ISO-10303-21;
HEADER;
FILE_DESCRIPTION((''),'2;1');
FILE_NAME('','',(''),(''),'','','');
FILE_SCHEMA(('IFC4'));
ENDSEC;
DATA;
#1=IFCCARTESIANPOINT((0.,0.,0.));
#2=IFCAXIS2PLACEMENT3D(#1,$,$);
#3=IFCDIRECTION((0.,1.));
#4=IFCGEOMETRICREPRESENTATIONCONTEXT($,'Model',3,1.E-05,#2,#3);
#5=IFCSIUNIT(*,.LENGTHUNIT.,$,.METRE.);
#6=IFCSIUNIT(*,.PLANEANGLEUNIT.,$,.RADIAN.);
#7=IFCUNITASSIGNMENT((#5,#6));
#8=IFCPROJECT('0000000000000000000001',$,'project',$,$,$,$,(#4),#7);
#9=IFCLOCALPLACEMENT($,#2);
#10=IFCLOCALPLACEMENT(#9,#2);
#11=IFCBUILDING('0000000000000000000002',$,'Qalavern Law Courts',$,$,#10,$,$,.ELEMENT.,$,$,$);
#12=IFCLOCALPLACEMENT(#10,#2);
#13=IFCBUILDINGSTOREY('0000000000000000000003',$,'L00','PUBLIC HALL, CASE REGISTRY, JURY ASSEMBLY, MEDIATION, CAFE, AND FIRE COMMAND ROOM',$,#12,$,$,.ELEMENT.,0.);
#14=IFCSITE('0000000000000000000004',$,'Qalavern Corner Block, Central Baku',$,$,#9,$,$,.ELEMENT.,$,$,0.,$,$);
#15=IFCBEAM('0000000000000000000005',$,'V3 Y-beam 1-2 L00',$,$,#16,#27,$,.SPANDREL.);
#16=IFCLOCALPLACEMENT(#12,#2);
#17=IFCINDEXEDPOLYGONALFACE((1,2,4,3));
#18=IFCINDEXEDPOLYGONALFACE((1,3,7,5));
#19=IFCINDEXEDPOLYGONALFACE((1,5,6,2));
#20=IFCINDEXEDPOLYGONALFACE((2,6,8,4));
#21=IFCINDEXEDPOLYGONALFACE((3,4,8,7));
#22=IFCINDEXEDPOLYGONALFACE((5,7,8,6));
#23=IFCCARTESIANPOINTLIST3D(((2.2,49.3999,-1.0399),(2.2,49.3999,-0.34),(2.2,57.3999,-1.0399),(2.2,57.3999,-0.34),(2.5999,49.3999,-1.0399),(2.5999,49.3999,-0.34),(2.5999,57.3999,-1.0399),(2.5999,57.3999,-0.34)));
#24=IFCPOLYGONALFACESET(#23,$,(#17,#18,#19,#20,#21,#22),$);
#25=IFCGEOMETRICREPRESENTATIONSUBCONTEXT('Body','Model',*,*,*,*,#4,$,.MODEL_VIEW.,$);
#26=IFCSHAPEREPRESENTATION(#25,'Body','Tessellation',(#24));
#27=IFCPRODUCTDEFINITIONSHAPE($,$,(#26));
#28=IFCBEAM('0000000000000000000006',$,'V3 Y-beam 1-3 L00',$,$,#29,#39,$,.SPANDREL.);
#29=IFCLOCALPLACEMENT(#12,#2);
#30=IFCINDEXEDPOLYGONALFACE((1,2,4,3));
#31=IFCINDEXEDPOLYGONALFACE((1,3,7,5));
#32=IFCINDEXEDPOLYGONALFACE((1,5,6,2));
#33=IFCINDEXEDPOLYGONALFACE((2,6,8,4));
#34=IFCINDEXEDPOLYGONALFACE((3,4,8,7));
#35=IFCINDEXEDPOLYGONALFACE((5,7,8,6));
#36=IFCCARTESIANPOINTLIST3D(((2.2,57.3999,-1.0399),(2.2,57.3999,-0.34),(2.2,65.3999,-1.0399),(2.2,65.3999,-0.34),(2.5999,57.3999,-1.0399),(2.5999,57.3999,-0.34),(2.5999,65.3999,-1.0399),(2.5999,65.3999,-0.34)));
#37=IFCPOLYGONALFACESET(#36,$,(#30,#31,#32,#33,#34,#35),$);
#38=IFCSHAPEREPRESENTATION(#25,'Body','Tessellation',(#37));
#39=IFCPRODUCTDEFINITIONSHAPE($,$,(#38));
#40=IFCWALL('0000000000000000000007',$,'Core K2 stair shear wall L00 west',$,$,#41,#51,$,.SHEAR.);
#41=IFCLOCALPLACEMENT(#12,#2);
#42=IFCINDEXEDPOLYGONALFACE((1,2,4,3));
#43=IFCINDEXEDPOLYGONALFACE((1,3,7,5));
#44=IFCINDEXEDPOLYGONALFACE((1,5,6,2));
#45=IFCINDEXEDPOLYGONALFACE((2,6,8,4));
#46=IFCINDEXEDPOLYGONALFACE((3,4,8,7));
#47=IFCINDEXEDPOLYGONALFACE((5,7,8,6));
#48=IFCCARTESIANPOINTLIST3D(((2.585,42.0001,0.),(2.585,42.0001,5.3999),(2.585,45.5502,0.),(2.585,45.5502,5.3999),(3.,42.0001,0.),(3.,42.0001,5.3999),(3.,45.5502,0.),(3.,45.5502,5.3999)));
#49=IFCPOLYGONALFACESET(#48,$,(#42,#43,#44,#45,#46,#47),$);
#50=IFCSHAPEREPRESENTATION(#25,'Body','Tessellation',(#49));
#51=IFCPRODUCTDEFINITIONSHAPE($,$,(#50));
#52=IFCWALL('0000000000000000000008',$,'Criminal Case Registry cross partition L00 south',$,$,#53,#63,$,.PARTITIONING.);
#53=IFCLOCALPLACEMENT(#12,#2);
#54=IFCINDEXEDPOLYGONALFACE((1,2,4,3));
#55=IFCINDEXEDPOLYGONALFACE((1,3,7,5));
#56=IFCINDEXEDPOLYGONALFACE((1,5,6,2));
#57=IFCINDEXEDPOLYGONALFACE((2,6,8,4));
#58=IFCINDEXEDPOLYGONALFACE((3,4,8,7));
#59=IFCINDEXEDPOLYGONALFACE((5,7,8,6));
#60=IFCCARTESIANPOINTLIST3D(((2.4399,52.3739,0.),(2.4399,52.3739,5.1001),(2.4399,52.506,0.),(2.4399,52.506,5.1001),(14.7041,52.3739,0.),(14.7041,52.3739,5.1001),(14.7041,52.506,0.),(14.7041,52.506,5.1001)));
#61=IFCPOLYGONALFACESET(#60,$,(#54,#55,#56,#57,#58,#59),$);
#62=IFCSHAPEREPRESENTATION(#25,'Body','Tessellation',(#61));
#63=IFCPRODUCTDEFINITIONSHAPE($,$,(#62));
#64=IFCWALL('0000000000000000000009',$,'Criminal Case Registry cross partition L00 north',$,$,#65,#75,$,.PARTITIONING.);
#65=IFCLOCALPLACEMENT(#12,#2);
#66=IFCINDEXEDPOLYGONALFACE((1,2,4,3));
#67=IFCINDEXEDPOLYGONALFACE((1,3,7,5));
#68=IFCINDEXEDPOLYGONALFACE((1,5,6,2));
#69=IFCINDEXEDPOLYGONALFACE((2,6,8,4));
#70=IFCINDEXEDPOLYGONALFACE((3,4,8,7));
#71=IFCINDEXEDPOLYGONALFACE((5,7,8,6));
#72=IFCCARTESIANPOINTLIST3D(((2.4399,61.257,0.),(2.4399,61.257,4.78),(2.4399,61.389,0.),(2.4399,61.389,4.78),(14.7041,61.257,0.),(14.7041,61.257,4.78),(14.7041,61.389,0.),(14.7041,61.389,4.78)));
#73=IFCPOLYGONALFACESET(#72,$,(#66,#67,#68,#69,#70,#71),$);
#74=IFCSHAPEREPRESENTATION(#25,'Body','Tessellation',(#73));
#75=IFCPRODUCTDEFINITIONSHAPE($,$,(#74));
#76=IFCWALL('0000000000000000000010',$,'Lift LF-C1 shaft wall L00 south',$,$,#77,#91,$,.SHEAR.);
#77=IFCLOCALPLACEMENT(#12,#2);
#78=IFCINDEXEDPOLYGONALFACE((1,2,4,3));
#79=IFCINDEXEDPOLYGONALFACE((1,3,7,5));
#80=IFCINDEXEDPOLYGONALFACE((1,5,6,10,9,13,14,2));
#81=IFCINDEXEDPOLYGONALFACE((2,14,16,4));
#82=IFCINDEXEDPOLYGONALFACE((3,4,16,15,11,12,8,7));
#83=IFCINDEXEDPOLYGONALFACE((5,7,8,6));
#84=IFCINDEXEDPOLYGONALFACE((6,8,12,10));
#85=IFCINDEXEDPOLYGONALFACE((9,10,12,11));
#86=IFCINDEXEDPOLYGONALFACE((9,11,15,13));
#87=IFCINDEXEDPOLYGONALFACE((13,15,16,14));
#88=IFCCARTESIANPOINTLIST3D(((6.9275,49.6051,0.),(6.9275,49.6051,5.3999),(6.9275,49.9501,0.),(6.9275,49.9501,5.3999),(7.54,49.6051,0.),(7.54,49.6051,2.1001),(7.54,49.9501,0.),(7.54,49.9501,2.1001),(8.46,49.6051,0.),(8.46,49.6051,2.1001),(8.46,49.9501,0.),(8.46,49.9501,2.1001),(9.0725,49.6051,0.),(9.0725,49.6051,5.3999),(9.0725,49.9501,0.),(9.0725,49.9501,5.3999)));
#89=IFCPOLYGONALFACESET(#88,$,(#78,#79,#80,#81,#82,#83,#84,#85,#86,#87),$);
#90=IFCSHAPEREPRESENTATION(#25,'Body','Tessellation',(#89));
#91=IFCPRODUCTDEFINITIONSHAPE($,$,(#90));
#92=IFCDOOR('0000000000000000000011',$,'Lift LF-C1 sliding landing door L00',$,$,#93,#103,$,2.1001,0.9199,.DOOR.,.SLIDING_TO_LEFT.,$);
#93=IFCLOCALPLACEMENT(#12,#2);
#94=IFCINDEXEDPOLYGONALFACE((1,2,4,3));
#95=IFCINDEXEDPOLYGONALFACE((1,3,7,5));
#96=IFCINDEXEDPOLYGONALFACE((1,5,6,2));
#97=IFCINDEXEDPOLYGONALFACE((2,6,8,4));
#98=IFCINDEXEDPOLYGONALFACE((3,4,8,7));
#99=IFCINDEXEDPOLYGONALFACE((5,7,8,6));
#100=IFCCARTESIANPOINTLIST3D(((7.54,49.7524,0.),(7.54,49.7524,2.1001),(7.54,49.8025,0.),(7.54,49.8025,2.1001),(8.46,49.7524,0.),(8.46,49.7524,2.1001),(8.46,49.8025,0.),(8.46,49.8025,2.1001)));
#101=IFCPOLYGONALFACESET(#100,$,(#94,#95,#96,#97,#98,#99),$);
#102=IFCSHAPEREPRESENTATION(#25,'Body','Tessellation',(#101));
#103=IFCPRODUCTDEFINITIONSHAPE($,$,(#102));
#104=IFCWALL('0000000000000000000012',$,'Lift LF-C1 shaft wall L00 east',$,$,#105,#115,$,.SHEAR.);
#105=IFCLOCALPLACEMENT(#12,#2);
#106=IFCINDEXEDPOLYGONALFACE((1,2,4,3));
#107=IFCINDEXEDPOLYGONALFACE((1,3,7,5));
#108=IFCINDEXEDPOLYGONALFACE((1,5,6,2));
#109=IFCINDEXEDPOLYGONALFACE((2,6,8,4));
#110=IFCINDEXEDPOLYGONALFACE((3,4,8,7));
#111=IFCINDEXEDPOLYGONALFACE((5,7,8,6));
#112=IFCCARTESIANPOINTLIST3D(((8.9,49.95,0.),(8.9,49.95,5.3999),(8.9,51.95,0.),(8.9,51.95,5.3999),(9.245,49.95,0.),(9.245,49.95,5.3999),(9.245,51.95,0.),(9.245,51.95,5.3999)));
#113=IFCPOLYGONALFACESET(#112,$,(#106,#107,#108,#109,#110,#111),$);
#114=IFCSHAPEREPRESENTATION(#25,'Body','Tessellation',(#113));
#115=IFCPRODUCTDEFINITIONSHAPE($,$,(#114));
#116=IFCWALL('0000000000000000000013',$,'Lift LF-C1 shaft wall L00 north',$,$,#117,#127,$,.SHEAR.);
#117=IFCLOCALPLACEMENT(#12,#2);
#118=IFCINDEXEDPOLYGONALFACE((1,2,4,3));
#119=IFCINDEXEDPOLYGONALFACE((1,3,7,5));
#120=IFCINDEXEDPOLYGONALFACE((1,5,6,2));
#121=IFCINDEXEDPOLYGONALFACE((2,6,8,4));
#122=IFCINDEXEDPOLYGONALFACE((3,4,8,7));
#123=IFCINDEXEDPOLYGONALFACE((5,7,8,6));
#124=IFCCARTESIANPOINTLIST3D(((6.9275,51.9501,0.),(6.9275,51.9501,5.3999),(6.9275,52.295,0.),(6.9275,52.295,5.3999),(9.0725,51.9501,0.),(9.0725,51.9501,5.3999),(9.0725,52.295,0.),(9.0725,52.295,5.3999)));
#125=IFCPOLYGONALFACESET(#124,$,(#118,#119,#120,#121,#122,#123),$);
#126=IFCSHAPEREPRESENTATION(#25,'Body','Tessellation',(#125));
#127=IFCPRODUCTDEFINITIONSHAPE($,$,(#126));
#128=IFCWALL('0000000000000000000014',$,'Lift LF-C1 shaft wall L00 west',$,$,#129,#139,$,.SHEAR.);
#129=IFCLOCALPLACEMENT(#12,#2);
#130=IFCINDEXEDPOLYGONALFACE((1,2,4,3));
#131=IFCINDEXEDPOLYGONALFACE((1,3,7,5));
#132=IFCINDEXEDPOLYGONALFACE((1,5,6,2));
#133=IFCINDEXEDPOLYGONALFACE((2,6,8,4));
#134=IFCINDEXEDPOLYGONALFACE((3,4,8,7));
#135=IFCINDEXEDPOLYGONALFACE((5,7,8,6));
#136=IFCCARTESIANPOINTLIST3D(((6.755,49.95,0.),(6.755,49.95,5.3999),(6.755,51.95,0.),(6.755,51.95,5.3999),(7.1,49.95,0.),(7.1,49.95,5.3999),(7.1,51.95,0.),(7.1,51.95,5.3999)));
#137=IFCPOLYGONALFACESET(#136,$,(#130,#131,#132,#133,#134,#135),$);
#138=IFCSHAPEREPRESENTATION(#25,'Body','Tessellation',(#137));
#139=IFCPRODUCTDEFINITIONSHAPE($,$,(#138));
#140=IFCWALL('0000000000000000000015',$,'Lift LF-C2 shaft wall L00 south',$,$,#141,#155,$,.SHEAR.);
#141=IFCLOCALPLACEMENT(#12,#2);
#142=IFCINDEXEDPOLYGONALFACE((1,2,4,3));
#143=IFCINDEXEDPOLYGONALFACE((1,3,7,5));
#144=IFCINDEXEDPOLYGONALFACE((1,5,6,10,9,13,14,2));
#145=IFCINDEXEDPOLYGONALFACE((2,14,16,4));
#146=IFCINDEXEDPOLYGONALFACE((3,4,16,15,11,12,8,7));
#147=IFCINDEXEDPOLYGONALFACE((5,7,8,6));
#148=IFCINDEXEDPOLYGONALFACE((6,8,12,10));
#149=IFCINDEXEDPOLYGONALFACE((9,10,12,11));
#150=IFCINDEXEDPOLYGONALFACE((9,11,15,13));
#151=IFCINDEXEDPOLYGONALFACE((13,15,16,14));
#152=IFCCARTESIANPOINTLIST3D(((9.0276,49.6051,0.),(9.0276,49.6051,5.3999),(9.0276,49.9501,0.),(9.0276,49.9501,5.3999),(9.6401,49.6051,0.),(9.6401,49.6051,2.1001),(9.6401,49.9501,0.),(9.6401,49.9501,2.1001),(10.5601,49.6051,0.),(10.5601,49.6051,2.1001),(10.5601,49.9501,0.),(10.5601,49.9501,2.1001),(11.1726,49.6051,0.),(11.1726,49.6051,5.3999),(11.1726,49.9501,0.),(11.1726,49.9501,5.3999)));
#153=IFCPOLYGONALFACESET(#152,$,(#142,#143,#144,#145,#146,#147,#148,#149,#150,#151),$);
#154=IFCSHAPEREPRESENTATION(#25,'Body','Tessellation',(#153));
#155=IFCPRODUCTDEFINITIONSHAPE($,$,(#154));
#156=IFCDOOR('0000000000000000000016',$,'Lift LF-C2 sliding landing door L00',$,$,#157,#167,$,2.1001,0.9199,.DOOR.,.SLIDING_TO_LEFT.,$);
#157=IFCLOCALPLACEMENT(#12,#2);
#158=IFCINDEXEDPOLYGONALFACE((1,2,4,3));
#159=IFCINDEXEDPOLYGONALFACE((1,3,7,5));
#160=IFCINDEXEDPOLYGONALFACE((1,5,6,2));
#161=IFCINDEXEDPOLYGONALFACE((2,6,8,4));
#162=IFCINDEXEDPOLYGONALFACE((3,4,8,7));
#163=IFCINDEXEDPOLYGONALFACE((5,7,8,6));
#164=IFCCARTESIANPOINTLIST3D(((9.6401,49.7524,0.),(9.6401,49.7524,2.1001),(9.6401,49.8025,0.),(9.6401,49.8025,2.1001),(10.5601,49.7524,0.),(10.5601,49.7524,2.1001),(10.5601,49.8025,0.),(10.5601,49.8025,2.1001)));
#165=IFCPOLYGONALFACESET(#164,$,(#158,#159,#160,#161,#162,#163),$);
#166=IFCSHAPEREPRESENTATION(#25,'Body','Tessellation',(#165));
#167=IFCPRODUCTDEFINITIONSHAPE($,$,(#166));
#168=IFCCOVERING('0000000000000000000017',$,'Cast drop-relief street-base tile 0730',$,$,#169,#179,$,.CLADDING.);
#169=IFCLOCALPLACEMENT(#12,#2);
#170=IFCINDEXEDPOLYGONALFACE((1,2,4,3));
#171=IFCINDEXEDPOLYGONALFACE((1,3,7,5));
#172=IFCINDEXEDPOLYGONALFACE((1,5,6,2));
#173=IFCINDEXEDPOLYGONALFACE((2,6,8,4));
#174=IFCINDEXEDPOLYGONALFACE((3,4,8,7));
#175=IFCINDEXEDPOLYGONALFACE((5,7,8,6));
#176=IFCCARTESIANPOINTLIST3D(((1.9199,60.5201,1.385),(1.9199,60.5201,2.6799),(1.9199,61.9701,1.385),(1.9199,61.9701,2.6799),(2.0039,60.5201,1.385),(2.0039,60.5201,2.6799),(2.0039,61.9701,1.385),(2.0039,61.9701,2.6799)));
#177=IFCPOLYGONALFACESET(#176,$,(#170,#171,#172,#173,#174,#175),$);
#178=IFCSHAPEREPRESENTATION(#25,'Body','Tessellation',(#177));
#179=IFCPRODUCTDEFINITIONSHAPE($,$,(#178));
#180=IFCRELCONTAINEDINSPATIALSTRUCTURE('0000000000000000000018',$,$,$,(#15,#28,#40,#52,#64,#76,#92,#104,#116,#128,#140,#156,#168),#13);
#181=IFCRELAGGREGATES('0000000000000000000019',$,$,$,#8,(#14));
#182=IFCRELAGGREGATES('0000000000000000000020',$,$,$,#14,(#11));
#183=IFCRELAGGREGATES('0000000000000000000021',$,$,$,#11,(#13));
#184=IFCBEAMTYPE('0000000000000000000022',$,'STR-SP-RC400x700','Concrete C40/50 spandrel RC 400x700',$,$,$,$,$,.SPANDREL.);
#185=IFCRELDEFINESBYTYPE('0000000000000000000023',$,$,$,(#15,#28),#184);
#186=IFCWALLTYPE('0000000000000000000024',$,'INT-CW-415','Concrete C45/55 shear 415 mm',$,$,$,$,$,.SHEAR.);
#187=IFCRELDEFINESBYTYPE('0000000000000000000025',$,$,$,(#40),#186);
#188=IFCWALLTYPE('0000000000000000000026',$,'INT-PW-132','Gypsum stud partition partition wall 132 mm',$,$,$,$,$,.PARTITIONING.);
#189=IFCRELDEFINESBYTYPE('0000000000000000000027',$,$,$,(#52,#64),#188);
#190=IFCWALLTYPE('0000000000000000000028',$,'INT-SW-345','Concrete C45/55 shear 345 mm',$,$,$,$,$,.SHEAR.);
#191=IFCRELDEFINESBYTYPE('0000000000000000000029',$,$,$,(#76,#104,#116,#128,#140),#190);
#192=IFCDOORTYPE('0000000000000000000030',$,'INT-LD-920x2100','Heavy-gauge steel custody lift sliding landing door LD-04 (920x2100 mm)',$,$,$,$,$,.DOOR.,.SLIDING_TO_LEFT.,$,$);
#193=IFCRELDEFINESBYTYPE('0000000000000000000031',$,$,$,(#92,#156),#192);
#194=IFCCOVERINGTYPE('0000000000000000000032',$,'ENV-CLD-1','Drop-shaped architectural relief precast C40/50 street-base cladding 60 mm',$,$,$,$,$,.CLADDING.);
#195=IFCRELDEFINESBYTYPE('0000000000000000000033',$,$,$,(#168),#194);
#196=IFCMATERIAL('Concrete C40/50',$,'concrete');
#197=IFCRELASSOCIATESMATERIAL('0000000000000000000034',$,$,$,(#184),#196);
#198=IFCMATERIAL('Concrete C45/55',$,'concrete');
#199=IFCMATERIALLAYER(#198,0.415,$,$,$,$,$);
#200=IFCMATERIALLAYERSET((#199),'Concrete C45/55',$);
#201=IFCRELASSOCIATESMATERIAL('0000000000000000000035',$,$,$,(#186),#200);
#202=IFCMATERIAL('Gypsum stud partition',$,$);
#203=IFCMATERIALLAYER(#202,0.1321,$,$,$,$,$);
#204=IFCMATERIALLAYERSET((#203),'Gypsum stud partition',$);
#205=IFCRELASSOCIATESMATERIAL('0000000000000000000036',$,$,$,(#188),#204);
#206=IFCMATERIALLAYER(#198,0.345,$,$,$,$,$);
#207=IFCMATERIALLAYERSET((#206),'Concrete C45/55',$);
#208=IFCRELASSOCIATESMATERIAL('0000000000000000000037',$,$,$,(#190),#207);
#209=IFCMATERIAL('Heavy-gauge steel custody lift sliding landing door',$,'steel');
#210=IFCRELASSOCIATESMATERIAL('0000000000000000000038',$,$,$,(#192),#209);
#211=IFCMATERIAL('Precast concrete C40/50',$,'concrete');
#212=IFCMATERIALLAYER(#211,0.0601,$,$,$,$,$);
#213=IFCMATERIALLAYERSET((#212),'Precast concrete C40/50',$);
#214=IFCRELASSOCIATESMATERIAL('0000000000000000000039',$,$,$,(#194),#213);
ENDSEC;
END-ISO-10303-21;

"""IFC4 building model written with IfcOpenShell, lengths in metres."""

from ifc_helpers import new_model, si_unit, direction, frame, frame_2d, origin, origin_2d, place, context, subcontext, project, spatial, rectangle, extrude, material, layer, layer_set, material_profile, profile_set, type_object, element, fill, save


model = new_model("IFC4")

# Units and contexts
model_context = context("Model", 3, precision=1e-05, world=origin(), true_north=direction((0.0, 1.0)))
body_context = subcontext(model_context, "Body", "Model", "MODEL_VIEW")
ifc_project = project(units=[si_unit("LENGTHUNIT", "METRE"), si_unit("PLANEANGLEUNIT", "RADIAN")], contexts=[model_context])

# Site, building, storey
site_placement = place(None, origin())
site = spatial("IfcSite", under=ifc_project, at=site_placement, Name="Qalavern Corner Block, Central Baku", CompositionType="ELEMENT", RefElevation=0.0)
building_placement = place(site_placement, origin())
building = spatial("IfcBuilding", under=site, at=building_placement, Name="Qalavern Law Courts", CompositionType="ELEMENT")
storey_placement = place(building_placement, origin())
storey = spatial("IfcBuildingStorey", under=building, at=storey_placement, Name="L00", Description="PUBLIC HALL, CASE REGISTRY, JURY ASSEMBLY, MEDIATION, CAFE, AND FIRE COMMAND ROOM", CompositionType="ELEMENT", Elevation=0.0)

# Shared definitions
ifc_material_1 = material(Name="Concrete C45/55", Category="concrete")

# Beams
ifc_material_2 = material(Name="Concrete C40/50", Category="concrete")
ifc_material_profile_1 = material_profile(ifc_material_2, rectangle(XDim=0.3999, YDim=0.7, at=origin_2d()), Name="RC 400x700")
ifc_profile_set_1 = profile_set([ifc_material_profile_1], Name="Concrete C40/50")
beam_type_1 = type_object("IfcBeamType", Name="STR-SP-RC400x700", Description="Concrete C40/50 spandrel RC 400x700", PredefinedType="SPANDREL", material=ifc_profile_set_1)
for number, where, z_axis, x_axis, name in (
    (1, (2.3999, 49.3999, -0.6899), (0.0, 1.0, 0.0), (-1.0, 0.0, 0.0), "V3 Y-beam 1-2 L00"),
    (2, (2.3999, 57.3999, -0.6899), (0.0, 1.0, 0.0), (-1.0, 0.0, 0.0), "V3 Y-beam 1-3 L00"),
):
    element("IfcBeam", number, at=place(storey_placement, frame(where, z_axis=z_axis, x_axis=x_axis)), inside=storey, type_object=beam_type_1, Name=name, PredefinedType="SPANDREL", context=body_context, shape_type="SweptSolid", body=[
        extrude(rectangle(XDim=0.3999, YDim=0.7, at=origin_2d()), origin(), (0.0, 0.0, 1.0), 8.0),
    ])

# Walls
ifc_layer_1 = layer(ifc_material_1, 0.415)
ifc_layer_set_1 = layer_set([ifc_layer_1], Name="Concrete C45/55")
wall_type_1 = type_object("IfcWallType", Name="INT-CW-415", Description="Concrete C45/55 shear 415 mm", PredefinedType="SHEAR", material=ifc_layer_set_1)
wall_1_placement = place(storey_placement, frame((2.7925, 45.55, 0.0), z_axis=(0.0, 0.0, 1.0), x_axis=(0.0, -1.0, 0.0)))
element("IfcWall", 3, at=wall_1_placement, inside=storey, type_object=wall_type_1, Name="Core K2 stair shear wall L00 west", PredefinedType="SHEAR", context=body_context, shape_type="SweptSolid", body=[
    extrude(rectangle(XDim=3.55, YDim=0.415, at=frame_2d((1.7749, 0.0))), origin(), (0.0, 0.0, 1.0), 5.3999),
])
ifc_material_3 = material(Name="Gypsum stud partition")
ifc_layer_2 = layer(ifc_material_3, 0.1321)
ifc_layer_set_2 = layer_set([ifc_layer_2], Name="Gypsum stud partition")
wall_type_2 = type_object("IfcWallType", Name="INT-PW-132", Description="Gypsum stud partition partition wall 132 mm", PredefinedType="PARTITIONING", material=ifc_layer_set_2)
wall_2_placement = place(storey_placement, frame((2.4399, 52.4399, 0.0), z_axis=(0.0, 0.0, 1.0), x_axis=(1.0, 0.0, 0.0)))
element("IfcWall", 4, at=wall_2_placement, inside=storey, type_object=wall_type_2, Name="Criminal Case Registry cross partition L00 south", PredefinedType="PARTITIONING", context=body_context, shape_type="SweptSolid", body=[
    extrude(rectangle(XDim=12.2642, YDim=0.1321, at=frame_2d((6.1321, 0.0))), origin(), (0.0, 0.0, 1.0), 5.1001),
])
wall_3_placement = place(storey_placement, frame((2.4399, 61.323, 0.0), z_axis=(0.0, 0.0, 1.0), x_axis=(1.0, 0.0, 0.0)))
element("IfcWall", 5, at=wall_3_placement, inside=storey, type_object=wall_type_2, Name="Criminal Case Registry cross partition L00 north", PredefinedType="PARTITIONING", context=body_context, shape_type="SweptSolid", body=[
    extrude(rectangle(XDim=12.2642, YDim=0.1321, at=frame_2d((6.1321, 0.0))), origin(), (0.0, 0.0, 1.0), 4.78),
])

# Wall, opening, door
ifc_layer_3 = layer(ifc_material_1, 0.345)
ifc_layer_set_3 = layer_set([ifc_layer_3], Name="Concrete C45/55")
wall_type_3 = type_object("IfcWallType", Name="INT-SW-345", Description="Concrete C45/55 shear 345 mm", PredefinedType="SHEAR", material=ifc_layer_set_3)
wall_4_placement = place(storey_placement, frame((6.9275, 49.7776, 0.0), z_axis=(0.0, 0.0, 1.0), x_axis=(1.0, 0.0, 0.0)))
wall_4 = element("IfcWall", 6, at=wall_4_placement, inside=storey, type_object=wall_type_3, Name="Lift LF-C1 shaft wall L00 south", PredefinedType="SHEAR", context=body_context, shape_type="SweptSolid", body=[
    extrude(rectangle(XDim=2.145, YDim=0.345, at=frame_2d((1.0725, 0.0))), origin(), (0.0, 0.0, 1.0), 5.3999),
])
opening_1_placement = place(wall_4_placement, frame((0.6125, 0.0, 0.0)))
opening_1 = element("IfcOpeningElement", 7, at=opening_1_placement, cuts=wall_4, PredefinedType="OPENING", context=body_context, shape_type="SweptSolid", body=[
    extrude(rectangle(XDim=0.9199, YDim=2.1001, at=frame_2d((0.46, 1.05))), frame((0.0, 0.1875, 0.0), z_axis=(0.0, -1.0, 0.0), x_axis=(1.0, 0.0, 0.0)), (0.0, 0.0, 1.0), 0.3748),
])
ifc_material_4 = material(Name="Heavy-gauge steel custody lift sliding landing door", Category="steel")
door_type = type_object("IfcDoorType", Name="INT-LD-920x2100", Description="Heavy-gauge steel custody lift sliding landing door LD-04 (920x2100 mm)", OperationType="SLIDING_TO_LEFT", PredefinedType="DOOR", material=ifc_material_4)
door_1_placement = place(opening_1_placement, origin())
door_1 = element("IfcDoor", 8, at=door_1_placement, inside=storey, type_object=door_type, Name="Lift LF-C1 sliding landing door L00", OperationType="SLIDING_TO_LEFT", OverallHeight=2.1001, OverallWidth=0.9199, PredefinedType="DOOR", context=body_context, shape_type="SweptSolid", body=[
    extrude(rectangle(XDim=0.9199, YDim=2.1001, at=frame_2d((0.46, 1.05))), frame((0.0, 0.0249, 0.0), z_axis=(0.0, -1.0, 0.0), x_axis=(1.0, 0.0, 0.0)), (0.0, 0.0, 1.0), 0.05),
])
fill(opening_1, door_1)

# Walls
wall_5_placement = place(storey_placement, frame((9.0725, 49.95, 0.0), z_axis=(0.0, 0.0, 1.0), x_axis=(0.0, 1.0, 0.0)))
element("IfcWall", 9, at=wall_5_placement, inside=storey, type_object=wall_type_3, Name="Lift LF-C1 shaft wall L00 east", PredefinedType="SHEAR", context=body_context, shape_type="SweptSolid", body=[
    extrude(rectangle(XDim=2.0, YDim=0.345, at=frame_2d((1.0, 0.0))), origin(), (0.0, 0.0, 1.0), 5.3999),
])
wall_6_placement = place(storey_placement, frame((9.0725, 52.1226, 0.0), z_axis=(0.0, 0.0, 1.0), x_axis=(-1.0, 0.0, 0.0)))
element("IfcWall", 10, at=wall_6_placement, inside=storey, type_object=wall_type_3, Name="Lift LF-C1 shaft wall L00 north", PredefinedType="SHEAR", context=body_context, shape_type="SweptSolid", body=[
    extrude(rectangle(XDim=2.145, YDim=0.345, at=frame_2d((1.0725, 0.0))), origin(), (0.0, 0.0, 1.0), 5.3999),
])
wall_7_placement = place(storey_placement, frame((6.9275, 51.95, 0.0), z_axis=(0.0, 0.0, 1.0), x_axis=(0.0, -1.0, 0.0)))
element("IfcWall", 11, at=wall_7_placement, inside=storey, type_object=wall_type_3, Name="Lift LF-C1 shaft wall L00 west", PredefinedType="SHEAR", context=body_context, shape_type="SweptSolid", body=[
    extrude(rectangle(XDim=2.0, YDim=0.345, at=frame_2d((1.0, 0.0))), origin(), (0.0, 0.0, 1.0), 5.3999),
])

# Wall, opening, door
wall_8_placement = place(storey_placement, frame((9.0276, 49.7776, 0.0), z_axis=(0.0, 0.0, 1.0), x_axis=(1.0, 0.0, 0.0)))
wall_8 = element("IfcWall", 12, at=wall_8_placement, inside=storey, type_object=wall_type_3, Name="Lift LF-C2 shaft wall L00 south", PredefinedType="SHEAR", context=body_context, shape_type="SweptSolid", body=[
    extrude(rectangle(XDim=2.145, YDim=0.345, at=frame_2d((1.0725, 0.0))), origin(), (0.0, 0.0, 1.0), 5.3999),
])
opening_2_placement = place(wall_8_placement, frame((0.6125, 0.0, 0.0)))
opening_2 = element("IfcOpeningElement", 13, at=opening_2_placement, cuts=wall_8, PredefinedType="OPENING", context=body_context, shape_type="SweptSolid", body=[
    extrude(rectangle(XDim=0.9199, YDim=2.1001, at=frame_2d((0.46, 1.05))), frame((0.0, 0.1875, 0.0), z_axis=(0.0, -1.0, 0.0), x_axis=(1.0, 0.0, 0.0)), (0.0, 0.0, 1.0), 0.3748),
])
door_2_placement = place(opening_2_placement, origin())
door_2 = element("IfcDoor", 14, at=door_2_placement, inside=storey, type_object=door_type, Name="Lift LF-C2 sliding landing door L00", OperationType="SLIDING_TO_LEFT", OverallHeight=2.1001, OverallWidth=0.9199, PredefinedType="DOOR", context=body_context, shape_type="SweptSolid", body=[
    extrude(rectangle(XDim=0.9199, YDim=2.1001, at=frame_2d((0.46, 1.05))), frame((0.0, 0.0249, 0.0), z_axis=(0.0, -1.0, 0.0), x_axis=(1.0, 0.0, 0.0)), (0.0, 0.0, 1.0), 0.05),
])
fill(opening_2, door_2)

# Covering
ifc_material_5 = material(Name="Precast concrete C40/50", Category="concrete")
ifc_layer_4 = layer(ifc_material_5, 0.0601)
ifc_layer_set_4 = layer_set([ifc_layer_4], Name="Precast concrete C40/50")
covering_type_1 = type_object("IfcCoveringType", Name="ENV-CLD-1", Description="Drop-shaped architectural relief precast C40/50 street-base cladding 60 mm", PredefinedType="CLADDING", material=ifc_layer_set_4)
covering_1_placement = place(storey_placement, frame((1.9619, 61.2451, 1.385), z_axis=(0.0, 0.0, 1.0), x_axis=(0.0, -1.0, 0.0)))
element("IfcCovering", 15, at=covering_1_placement, inside=storey, type_object=covering_type_1, Name="Cast drop-relief street-base tile 0730", PredefinedType="CLADDING", context=body_context, shape_type="SweptSolid", body=[
    extrude(rectangle(XDim=1.45, YDim=0.084, at=origin_2d()), origin(), (0.0, 0.0, 1.0), 1.2949),
])

save(model, "model.ifc")
